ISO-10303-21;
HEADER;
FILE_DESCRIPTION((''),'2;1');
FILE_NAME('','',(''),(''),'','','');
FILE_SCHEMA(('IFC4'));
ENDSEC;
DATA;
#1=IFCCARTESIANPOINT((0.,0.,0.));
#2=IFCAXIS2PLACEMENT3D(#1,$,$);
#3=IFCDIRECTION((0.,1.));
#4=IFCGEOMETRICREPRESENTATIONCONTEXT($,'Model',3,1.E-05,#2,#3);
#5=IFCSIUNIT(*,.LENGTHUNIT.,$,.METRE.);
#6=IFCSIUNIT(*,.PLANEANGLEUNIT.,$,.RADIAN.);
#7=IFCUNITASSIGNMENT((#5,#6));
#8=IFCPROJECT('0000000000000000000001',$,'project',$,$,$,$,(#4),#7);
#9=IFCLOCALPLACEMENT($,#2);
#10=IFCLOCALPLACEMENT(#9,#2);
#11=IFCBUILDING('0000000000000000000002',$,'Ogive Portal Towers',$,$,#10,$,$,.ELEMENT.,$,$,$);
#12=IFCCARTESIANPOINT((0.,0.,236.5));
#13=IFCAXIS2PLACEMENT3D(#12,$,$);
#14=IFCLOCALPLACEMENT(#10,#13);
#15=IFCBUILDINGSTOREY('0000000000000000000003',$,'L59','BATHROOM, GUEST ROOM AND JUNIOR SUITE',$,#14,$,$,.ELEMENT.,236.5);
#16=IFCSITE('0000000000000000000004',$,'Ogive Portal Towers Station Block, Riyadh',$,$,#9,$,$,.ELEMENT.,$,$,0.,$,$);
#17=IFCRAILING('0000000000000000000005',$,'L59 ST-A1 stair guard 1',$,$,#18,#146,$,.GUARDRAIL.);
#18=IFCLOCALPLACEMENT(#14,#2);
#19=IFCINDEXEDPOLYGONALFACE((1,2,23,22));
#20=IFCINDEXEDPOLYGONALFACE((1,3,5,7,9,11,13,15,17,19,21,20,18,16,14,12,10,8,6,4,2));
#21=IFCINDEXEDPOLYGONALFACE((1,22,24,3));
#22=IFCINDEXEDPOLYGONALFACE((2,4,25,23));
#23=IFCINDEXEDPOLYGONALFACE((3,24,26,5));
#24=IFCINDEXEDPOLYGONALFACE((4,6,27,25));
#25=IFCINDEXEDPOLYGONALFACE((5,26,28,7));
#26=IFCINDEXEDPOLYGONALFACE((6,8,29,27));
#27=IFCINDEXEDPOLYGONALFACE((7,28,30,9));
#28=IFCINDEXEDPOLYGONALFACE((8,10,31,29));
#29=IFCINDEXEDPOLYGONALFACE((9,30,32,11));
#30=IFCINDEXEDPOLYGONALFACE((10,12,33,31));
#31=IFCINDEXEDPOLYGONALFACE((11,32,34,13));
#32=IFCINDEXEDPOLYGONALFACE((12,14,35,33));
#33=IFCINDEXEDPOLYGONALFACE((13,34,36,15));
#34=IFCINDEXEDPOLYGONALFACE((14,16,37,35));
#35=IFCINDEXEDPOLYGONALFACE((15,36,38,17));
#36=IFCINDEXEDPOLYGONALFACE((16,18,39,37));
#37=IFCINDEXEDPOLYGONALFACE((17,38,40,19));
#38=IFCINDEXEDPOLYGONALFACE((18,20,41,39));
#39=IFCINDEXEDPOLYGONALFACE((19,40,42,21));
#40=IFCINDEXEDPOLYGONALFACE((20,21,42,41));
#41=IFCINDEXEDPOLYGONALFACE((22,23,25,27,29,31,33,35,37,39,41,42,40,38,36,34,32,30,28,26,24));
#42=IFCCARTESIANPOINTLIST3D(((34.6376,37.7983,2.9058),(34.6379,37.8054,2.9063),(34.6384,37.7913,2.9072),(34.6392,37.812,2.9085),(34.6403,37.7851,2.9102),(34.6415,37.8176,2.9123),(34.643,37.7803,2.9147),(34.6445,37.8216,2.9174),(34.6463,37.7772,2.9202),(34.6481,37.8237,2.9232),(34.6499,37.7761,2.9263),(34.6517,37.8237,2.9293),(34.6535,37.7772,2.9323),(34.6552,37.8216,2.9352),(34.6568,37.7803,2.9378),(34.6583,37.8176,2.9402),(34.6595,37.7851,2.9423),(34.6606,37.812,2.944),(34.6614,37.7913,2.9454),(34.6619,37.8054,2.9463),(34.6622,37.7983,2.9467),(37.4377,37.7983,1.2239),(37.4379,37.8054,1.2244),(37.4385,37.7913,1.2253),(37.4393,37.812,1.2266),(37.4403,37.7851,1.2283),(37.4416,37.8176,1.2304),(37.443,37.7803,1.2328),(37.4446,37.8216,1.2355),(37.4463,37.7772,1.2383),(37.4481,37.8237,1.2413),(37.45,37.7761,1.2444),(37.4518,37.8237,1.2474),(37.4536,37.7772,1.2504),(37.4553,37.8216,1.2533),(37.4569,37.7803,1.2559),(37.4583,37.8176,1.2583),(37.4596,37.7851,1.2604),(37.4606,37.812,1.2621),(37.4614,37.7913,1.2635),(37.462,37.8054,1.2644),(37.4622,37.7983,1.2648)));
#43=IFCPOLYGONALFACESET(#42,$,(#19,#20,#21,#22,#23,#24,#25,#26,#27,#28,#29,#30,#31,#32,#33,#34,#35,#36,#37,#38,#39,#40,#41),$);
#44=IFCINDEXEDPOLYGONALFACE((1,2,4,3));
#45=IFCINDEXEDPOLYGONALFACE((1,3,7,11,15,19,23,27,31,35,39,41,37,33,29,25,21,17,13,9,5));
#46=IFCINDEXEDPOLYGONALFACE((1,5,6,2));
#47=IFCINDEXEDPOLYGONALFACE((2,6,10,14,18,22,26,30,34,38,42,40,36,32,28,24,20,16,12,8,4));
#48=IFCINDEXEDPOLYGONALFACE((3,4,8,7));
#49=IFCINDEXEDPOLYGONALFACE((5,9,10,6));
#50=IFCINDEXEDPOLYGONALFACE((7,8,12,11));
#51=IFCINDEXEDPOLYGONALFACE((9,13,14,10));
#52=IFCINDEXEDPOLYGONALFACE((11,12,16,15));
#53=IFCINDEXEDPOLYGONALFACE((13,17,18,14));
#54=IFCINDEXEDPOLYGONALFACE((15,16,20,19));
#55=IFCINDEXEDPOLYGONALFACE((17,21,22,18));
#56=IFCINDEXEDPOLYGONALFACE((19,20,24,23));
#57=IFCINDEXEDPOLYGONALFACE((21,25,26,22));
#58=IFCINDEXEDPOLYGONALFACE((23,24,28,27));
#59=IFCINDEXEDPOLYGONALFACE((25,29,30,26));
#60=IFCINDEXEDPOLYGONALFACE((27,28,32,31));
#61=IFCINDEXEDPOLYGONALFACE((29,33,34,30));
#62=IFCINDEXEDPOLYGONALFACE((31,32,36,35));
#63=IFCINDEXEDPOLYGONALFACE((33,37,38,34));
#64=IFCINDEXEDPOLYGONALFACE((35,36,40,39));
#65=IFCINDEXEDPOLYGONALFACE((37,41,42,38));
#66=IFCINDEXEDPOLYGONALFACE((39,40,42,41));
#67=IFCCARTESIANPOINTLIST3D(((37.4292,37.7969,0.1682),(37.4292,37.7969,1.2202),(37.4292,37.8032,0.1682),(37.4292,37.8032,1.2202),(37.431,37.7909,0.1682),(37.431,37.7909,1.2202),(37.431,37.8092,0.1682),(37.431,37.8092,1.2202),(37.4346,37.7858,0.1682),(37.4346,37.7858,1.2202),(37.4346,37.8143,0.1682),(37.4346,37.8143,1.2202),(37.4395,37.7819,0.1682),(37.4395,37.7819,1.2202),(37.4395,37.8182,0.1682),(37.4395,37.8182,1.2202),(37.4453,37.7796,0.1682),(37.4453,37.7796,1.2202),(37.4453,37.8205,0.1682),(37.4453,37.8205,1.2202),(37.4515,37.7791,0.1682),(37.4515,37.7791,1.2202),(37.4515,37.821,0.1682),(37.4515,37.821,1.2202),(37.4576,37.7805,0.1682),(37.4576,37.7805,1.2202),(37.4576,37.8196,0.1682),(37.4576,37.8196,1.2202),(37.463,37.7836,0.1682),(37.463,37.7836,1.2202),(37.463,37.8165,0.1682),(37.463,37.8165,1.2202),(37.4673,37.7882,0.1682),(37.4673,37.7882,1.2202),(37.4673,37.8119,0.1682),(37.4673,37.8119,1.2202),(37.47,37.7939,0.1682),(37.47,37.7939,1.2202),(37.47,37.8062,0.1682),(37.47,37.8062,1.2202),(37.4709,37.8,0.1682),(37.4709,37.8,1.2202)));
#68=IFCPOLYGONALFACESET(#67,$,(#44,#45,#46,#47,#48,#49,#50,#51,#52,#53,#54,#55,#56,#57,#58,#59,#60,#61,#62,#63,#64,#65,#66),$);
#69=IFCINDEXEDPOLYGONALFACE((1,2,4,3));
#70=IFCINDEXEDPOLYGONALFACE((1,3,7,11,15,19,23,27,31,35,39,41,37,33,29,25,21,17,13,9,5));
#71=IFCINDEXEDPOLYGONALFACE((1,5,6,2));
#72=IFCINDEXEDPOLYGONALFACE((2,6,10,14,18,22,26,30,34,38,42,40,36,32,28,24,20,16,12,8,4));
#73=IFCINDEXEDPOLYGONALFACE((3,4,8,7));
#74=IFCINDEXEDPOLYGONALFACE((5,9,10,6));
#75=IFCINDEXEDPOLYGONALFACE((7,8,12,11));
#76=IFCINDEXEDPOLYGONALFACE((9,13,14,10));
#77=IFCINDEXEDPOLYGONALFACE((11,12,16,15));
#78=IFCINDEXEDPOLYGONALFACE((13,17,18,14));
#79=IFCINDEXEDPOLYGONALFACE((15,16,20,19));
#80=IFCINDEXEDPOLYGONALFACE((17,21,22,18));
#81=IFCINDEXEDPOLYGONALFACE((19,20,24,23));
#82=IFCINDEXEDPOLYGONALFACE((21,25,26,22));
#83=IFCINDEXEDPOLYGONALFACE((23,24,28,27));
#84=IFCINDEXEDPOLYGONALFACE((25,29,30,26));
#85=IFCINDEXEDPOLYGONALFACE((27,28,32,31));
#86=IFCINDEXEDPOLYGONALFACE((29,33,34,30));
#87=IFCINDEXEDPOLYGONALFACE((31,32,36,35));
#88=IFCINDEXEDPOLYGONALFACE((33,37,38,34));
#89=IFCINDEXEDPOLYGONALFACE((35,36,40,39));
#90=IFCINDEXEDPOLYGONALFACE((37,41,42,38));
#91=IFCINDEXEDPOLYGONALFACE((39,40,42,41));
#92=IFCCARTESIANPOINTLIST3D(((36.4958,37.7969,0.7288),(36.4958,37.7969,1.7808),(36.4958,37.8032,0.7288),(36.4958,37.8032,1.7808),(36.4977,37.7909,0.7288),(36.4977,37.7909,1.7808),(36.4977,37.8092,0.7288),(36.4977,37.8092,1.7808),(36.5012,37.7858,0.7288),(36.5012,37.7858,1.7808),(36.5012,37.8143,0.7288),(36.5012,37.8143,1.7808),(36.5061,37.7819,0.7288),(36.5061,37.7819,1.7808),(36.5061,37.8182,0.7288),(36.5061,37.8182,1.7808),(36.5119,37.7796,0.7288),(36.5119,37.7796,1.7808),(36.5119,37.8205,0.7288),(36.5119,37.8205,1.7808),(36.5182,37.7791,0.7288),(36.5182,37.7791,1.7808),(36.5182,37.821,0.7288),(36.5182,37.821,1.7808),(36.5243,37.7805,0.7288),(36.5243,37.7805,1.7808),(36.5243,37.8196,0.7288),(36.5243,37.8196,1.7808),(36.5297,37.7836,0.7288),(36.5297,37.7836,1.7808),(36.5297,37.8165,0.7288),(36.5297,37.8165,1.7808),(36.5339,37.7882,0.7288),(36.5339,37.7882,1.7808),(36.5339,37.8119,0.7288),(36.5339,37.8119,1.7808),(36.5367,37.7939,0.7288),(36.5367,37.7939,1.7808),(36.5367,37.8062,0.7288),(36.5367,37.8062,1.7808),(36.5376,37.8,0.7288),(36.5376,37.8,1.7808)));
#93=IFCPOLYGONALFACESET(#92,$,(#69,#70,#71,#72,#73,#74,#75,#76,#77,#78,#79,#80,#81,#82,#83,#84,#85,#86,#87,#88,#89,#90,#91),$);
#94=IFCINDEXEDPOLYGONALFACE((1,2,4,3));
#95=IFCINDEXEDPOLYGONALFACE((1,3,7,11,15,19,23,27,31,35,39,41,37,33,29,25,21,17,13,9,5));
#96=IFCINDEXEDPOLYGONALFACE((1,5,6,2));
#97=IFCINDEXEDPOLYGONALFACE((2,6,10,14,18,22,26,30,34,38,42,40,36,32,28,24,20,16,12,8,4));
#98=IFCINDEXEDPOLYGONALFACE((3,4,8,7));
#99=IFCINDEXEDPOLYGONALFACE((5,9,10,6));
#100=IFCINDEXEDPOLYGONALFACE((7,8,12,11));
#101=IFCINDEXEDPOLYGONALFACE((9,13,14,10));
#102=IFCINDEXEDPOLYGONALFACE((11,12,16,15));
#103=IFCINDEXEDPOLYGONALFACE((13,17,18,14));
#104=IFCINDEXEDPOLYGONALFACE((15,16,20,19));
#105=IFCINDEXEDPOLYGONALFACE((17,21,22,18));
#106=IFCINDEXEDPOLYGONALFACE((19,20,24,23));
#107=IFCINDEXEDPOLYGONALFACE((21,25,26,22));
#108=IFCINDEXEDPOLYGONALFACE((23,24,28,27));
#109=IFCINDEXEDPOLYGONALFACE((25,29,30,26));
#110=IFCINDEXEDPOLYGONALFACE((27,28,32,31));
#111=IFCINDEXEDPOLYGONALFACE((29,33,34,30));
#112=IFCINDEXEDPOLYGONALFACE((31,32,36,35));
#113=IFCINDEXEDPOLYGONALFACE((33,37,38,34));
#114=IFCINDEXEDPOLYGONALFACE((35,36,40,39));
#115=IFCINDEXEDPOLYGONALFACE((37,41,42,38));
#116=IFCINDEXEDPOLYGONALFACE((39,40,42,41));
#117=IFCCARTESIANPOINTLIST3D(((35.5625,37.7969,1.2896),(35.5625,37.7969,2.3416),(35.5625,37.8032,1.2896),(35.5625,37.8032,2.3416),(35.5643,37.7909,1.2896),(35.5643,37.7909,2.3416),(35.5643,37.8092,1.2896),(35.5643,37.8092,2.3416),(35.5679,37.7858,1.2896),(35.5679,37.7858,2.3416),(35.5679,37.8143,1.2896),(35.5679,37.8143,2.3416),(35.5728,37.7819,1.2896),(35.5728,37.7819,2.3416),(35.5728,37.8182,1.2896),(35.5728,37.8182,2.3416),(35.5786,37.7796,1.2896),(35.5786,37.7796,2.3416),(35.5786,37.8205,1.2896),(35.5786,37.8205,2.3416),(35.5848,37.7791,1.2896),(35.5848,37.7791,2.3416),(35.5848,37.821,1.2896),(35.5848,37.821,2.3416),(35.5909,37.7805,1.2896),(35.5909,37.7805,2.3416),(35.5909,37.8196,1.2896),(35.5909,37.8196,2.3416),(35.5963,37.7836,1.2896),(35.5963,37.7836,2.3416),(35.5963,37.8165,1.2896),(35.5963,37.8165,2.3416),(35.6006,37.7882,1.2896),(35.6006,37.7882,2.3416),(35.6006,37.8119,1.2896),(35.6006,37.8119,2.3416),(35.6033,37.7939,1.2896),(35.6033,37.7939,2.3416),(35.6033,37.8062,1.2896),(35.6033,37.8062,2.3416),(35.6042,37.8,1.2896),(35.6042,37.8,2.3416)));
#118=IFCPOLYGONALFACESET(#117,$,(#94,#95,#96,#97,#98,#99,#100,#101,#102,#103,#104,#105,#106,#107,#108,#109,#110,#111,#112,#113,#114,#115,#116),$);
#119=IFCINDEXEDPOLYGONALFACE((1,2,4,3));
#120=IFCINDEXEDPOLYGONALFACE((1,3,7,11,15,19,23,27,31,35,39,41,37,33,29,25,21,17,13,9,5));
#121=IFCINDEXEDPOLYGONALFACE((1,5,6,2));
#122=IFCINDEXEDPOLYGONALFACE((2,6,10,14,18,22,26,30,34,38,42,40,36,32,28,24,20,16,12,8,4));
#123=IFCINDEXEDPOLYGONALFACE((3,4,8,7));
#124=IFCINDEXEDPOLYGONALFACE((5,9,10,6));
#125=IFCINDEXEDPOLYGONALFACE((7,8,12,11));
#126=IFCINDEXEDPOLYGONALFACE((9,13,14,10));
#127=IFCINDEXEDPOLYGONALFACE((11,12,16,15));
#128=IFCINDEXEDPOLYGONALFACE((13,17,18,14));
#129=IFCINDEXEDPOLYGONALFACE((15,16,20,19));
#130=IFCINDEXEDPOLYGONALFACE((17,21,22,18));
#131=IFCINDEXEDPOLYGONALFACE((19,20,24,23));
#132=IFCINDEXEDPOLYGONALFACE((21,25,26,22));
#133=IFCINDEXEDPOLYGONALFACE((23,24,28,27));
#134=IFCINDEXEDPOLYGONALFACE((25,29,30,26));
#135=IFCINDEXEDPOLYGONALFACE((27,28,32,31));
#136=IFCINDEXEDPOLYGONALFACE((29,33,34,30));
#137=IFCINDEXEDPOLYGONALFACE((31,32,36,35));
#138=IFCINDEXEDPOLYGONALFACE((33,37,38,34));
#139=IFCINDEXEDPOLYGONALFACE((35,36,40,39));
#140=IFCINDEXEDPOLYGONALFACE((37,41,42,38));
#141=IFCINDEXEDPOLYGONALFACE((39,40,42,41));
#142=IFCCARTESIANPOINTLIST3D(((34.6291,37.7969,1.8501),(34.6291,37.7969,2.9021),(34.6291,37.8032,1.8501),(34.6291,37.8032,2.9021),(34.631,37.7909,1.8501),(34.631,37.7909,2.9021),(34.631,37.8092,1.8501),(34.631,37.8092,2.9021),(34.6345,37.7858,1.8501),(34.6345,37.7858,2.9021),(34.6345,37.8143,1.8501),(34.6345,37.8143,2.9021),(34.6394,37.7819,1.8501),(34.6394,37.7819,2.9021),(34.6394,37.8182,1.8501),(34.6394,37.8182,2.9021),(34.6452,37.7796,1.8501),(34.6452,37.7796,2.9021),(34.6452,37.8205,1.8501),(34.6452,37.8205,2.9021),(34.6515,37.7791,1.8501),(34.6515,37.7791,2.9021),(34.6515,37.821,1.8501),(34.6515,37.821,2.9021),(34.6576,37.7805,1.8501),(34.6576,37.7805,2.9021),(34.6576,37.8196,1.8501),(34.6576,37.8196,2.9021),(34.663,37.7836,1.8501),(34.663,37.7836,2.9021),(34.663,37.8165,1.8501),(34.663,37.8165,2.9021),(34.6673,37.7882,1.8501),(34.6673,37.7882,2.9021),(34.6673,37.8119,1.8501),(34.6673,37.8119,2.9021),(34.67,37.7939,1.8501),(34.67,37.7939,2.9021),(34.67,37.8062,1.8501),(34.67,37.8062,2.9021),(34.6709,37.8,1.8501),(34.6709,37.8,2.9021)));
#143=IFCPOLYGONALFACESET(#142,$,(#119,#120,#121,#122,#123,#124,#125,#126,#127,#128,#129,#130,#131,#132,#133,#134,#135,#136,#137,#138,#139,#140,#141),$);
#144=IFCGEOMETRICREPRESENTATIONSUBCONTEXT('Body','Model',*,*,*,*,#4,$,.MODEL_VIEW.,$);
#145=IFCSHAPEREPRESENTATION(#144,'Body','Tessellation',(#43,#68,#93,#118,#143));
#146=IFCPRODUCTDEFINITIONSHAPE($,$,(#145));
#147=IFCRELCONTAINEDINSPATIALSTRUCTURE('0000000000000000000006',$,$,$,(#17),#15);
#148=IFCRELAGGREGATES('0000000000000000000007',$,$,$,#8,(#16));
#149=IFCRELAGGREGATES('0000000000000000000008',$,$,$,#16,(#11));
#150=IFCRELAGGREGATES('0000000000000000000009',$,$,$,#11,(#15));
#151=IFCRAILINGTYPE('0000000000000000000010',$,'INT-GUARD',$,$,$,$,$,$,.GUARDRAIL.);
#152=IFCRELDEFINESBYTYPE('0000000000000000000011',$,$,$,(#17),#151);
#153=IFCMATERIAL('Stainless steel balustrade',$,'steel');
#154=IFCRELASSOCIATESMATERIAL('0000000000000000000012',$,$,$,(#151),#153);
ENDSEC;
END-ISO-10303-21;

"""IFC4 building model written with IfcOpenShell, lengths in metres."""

from ifc_helpers import new_model, si_unit, direction, frame, origin, origin_2d, place, context, subcontext, project, spatial, circle, extrude, material, type_object, element, save


model = new_model("IFC4")

# Units and contexts
model_context = context("Model", 3, precision=1e-05, world=origin(), true_north=direction((0.0, 1.0)))
body_context = subcontext(model_context, "Body", "Model", "MODEL_VIEW")
ifc_project = project(units=[si_unit("LENGTHUNIT", "METRE"), si_unit("PLANEANGLEUNIT", "RADIAN")], contexts=[model_context])

# Site, building, storey
site_placement = place(None, origin())
site = spatial("IfcSite", under=ifc_project, at=site_placement, Name="Ogive Portal Towers Station Block, Riyadh", CompositionType="ELEMENT", RefElevation=0.0)
building_placement = place(site_placement, origin())
building = spatial("IfcBuilding", under=site, at=building_placement, Name="Ogive Portal Towers", CompositionType="ELEMENT")
storey_placement = place(building_placement, frame((0.0, 0.0, 236.5)))
storey = spatial("IfcBuildingStorey", under=building, at=storey_placement, Name="L59", Description="BATHROOM, GUEST ROOM AND JUNIOR SUITE", CompositionType="ELEMENT", Elevation=236.5)

# Railing
ifc_material_1 = material(Name="Stainless steel balustrade", Category="steel")
railing_type_1 = type_object("IfcRailingType", Name="INT-GUARD", PredefinedType="GUARDRAIL", material=ifc_material_1)
railing_1_placement = place(storey_placement, frame((37.45, 37.8, 0.1682)))
element("IfcRailing", 1, at=railing_1_placement, inside=storey, type_object=railing_type_1, Name="L59 ST-A1 stair guard 1", PredefinedType="GUARDRAIL", context=body_context, shape_type="SweptSolid", body=[
    extrude(circle(Radius=0.0239, at=origin_2d()), frame((0.0, 0.0, 1.0762), z_axis=(-0.857242, 0.0, 0.514913), x_axis=(0.0, -1.0, 0.0)), (0.0, 0.0, 1.0), 3.2664),
    extrude(circle(Radius=0.021, at=origin_2d()), origin(), (0.0, 0.0, 1.0), 1.052),
    extrude(circle(Radius=0.021, at=origin_2d()), frame((-0.9333, 0.0, 0.5605)), (0.0, 0.0, 1.0), 1.052),
    extrude(circle(Radius=0.021, at=origin_2d()), frame((-1.8667, 0.0, 1.1213)), (0.0, 0.0, 1.0), 1.052),
    extrude(circle(Radius=0.021, at=origin_2d()), frame((-2.8, 0.0, 1.6819)), (0.0, 0.0, 1.0), 1.052),
])

save(model, "model.ifc")
